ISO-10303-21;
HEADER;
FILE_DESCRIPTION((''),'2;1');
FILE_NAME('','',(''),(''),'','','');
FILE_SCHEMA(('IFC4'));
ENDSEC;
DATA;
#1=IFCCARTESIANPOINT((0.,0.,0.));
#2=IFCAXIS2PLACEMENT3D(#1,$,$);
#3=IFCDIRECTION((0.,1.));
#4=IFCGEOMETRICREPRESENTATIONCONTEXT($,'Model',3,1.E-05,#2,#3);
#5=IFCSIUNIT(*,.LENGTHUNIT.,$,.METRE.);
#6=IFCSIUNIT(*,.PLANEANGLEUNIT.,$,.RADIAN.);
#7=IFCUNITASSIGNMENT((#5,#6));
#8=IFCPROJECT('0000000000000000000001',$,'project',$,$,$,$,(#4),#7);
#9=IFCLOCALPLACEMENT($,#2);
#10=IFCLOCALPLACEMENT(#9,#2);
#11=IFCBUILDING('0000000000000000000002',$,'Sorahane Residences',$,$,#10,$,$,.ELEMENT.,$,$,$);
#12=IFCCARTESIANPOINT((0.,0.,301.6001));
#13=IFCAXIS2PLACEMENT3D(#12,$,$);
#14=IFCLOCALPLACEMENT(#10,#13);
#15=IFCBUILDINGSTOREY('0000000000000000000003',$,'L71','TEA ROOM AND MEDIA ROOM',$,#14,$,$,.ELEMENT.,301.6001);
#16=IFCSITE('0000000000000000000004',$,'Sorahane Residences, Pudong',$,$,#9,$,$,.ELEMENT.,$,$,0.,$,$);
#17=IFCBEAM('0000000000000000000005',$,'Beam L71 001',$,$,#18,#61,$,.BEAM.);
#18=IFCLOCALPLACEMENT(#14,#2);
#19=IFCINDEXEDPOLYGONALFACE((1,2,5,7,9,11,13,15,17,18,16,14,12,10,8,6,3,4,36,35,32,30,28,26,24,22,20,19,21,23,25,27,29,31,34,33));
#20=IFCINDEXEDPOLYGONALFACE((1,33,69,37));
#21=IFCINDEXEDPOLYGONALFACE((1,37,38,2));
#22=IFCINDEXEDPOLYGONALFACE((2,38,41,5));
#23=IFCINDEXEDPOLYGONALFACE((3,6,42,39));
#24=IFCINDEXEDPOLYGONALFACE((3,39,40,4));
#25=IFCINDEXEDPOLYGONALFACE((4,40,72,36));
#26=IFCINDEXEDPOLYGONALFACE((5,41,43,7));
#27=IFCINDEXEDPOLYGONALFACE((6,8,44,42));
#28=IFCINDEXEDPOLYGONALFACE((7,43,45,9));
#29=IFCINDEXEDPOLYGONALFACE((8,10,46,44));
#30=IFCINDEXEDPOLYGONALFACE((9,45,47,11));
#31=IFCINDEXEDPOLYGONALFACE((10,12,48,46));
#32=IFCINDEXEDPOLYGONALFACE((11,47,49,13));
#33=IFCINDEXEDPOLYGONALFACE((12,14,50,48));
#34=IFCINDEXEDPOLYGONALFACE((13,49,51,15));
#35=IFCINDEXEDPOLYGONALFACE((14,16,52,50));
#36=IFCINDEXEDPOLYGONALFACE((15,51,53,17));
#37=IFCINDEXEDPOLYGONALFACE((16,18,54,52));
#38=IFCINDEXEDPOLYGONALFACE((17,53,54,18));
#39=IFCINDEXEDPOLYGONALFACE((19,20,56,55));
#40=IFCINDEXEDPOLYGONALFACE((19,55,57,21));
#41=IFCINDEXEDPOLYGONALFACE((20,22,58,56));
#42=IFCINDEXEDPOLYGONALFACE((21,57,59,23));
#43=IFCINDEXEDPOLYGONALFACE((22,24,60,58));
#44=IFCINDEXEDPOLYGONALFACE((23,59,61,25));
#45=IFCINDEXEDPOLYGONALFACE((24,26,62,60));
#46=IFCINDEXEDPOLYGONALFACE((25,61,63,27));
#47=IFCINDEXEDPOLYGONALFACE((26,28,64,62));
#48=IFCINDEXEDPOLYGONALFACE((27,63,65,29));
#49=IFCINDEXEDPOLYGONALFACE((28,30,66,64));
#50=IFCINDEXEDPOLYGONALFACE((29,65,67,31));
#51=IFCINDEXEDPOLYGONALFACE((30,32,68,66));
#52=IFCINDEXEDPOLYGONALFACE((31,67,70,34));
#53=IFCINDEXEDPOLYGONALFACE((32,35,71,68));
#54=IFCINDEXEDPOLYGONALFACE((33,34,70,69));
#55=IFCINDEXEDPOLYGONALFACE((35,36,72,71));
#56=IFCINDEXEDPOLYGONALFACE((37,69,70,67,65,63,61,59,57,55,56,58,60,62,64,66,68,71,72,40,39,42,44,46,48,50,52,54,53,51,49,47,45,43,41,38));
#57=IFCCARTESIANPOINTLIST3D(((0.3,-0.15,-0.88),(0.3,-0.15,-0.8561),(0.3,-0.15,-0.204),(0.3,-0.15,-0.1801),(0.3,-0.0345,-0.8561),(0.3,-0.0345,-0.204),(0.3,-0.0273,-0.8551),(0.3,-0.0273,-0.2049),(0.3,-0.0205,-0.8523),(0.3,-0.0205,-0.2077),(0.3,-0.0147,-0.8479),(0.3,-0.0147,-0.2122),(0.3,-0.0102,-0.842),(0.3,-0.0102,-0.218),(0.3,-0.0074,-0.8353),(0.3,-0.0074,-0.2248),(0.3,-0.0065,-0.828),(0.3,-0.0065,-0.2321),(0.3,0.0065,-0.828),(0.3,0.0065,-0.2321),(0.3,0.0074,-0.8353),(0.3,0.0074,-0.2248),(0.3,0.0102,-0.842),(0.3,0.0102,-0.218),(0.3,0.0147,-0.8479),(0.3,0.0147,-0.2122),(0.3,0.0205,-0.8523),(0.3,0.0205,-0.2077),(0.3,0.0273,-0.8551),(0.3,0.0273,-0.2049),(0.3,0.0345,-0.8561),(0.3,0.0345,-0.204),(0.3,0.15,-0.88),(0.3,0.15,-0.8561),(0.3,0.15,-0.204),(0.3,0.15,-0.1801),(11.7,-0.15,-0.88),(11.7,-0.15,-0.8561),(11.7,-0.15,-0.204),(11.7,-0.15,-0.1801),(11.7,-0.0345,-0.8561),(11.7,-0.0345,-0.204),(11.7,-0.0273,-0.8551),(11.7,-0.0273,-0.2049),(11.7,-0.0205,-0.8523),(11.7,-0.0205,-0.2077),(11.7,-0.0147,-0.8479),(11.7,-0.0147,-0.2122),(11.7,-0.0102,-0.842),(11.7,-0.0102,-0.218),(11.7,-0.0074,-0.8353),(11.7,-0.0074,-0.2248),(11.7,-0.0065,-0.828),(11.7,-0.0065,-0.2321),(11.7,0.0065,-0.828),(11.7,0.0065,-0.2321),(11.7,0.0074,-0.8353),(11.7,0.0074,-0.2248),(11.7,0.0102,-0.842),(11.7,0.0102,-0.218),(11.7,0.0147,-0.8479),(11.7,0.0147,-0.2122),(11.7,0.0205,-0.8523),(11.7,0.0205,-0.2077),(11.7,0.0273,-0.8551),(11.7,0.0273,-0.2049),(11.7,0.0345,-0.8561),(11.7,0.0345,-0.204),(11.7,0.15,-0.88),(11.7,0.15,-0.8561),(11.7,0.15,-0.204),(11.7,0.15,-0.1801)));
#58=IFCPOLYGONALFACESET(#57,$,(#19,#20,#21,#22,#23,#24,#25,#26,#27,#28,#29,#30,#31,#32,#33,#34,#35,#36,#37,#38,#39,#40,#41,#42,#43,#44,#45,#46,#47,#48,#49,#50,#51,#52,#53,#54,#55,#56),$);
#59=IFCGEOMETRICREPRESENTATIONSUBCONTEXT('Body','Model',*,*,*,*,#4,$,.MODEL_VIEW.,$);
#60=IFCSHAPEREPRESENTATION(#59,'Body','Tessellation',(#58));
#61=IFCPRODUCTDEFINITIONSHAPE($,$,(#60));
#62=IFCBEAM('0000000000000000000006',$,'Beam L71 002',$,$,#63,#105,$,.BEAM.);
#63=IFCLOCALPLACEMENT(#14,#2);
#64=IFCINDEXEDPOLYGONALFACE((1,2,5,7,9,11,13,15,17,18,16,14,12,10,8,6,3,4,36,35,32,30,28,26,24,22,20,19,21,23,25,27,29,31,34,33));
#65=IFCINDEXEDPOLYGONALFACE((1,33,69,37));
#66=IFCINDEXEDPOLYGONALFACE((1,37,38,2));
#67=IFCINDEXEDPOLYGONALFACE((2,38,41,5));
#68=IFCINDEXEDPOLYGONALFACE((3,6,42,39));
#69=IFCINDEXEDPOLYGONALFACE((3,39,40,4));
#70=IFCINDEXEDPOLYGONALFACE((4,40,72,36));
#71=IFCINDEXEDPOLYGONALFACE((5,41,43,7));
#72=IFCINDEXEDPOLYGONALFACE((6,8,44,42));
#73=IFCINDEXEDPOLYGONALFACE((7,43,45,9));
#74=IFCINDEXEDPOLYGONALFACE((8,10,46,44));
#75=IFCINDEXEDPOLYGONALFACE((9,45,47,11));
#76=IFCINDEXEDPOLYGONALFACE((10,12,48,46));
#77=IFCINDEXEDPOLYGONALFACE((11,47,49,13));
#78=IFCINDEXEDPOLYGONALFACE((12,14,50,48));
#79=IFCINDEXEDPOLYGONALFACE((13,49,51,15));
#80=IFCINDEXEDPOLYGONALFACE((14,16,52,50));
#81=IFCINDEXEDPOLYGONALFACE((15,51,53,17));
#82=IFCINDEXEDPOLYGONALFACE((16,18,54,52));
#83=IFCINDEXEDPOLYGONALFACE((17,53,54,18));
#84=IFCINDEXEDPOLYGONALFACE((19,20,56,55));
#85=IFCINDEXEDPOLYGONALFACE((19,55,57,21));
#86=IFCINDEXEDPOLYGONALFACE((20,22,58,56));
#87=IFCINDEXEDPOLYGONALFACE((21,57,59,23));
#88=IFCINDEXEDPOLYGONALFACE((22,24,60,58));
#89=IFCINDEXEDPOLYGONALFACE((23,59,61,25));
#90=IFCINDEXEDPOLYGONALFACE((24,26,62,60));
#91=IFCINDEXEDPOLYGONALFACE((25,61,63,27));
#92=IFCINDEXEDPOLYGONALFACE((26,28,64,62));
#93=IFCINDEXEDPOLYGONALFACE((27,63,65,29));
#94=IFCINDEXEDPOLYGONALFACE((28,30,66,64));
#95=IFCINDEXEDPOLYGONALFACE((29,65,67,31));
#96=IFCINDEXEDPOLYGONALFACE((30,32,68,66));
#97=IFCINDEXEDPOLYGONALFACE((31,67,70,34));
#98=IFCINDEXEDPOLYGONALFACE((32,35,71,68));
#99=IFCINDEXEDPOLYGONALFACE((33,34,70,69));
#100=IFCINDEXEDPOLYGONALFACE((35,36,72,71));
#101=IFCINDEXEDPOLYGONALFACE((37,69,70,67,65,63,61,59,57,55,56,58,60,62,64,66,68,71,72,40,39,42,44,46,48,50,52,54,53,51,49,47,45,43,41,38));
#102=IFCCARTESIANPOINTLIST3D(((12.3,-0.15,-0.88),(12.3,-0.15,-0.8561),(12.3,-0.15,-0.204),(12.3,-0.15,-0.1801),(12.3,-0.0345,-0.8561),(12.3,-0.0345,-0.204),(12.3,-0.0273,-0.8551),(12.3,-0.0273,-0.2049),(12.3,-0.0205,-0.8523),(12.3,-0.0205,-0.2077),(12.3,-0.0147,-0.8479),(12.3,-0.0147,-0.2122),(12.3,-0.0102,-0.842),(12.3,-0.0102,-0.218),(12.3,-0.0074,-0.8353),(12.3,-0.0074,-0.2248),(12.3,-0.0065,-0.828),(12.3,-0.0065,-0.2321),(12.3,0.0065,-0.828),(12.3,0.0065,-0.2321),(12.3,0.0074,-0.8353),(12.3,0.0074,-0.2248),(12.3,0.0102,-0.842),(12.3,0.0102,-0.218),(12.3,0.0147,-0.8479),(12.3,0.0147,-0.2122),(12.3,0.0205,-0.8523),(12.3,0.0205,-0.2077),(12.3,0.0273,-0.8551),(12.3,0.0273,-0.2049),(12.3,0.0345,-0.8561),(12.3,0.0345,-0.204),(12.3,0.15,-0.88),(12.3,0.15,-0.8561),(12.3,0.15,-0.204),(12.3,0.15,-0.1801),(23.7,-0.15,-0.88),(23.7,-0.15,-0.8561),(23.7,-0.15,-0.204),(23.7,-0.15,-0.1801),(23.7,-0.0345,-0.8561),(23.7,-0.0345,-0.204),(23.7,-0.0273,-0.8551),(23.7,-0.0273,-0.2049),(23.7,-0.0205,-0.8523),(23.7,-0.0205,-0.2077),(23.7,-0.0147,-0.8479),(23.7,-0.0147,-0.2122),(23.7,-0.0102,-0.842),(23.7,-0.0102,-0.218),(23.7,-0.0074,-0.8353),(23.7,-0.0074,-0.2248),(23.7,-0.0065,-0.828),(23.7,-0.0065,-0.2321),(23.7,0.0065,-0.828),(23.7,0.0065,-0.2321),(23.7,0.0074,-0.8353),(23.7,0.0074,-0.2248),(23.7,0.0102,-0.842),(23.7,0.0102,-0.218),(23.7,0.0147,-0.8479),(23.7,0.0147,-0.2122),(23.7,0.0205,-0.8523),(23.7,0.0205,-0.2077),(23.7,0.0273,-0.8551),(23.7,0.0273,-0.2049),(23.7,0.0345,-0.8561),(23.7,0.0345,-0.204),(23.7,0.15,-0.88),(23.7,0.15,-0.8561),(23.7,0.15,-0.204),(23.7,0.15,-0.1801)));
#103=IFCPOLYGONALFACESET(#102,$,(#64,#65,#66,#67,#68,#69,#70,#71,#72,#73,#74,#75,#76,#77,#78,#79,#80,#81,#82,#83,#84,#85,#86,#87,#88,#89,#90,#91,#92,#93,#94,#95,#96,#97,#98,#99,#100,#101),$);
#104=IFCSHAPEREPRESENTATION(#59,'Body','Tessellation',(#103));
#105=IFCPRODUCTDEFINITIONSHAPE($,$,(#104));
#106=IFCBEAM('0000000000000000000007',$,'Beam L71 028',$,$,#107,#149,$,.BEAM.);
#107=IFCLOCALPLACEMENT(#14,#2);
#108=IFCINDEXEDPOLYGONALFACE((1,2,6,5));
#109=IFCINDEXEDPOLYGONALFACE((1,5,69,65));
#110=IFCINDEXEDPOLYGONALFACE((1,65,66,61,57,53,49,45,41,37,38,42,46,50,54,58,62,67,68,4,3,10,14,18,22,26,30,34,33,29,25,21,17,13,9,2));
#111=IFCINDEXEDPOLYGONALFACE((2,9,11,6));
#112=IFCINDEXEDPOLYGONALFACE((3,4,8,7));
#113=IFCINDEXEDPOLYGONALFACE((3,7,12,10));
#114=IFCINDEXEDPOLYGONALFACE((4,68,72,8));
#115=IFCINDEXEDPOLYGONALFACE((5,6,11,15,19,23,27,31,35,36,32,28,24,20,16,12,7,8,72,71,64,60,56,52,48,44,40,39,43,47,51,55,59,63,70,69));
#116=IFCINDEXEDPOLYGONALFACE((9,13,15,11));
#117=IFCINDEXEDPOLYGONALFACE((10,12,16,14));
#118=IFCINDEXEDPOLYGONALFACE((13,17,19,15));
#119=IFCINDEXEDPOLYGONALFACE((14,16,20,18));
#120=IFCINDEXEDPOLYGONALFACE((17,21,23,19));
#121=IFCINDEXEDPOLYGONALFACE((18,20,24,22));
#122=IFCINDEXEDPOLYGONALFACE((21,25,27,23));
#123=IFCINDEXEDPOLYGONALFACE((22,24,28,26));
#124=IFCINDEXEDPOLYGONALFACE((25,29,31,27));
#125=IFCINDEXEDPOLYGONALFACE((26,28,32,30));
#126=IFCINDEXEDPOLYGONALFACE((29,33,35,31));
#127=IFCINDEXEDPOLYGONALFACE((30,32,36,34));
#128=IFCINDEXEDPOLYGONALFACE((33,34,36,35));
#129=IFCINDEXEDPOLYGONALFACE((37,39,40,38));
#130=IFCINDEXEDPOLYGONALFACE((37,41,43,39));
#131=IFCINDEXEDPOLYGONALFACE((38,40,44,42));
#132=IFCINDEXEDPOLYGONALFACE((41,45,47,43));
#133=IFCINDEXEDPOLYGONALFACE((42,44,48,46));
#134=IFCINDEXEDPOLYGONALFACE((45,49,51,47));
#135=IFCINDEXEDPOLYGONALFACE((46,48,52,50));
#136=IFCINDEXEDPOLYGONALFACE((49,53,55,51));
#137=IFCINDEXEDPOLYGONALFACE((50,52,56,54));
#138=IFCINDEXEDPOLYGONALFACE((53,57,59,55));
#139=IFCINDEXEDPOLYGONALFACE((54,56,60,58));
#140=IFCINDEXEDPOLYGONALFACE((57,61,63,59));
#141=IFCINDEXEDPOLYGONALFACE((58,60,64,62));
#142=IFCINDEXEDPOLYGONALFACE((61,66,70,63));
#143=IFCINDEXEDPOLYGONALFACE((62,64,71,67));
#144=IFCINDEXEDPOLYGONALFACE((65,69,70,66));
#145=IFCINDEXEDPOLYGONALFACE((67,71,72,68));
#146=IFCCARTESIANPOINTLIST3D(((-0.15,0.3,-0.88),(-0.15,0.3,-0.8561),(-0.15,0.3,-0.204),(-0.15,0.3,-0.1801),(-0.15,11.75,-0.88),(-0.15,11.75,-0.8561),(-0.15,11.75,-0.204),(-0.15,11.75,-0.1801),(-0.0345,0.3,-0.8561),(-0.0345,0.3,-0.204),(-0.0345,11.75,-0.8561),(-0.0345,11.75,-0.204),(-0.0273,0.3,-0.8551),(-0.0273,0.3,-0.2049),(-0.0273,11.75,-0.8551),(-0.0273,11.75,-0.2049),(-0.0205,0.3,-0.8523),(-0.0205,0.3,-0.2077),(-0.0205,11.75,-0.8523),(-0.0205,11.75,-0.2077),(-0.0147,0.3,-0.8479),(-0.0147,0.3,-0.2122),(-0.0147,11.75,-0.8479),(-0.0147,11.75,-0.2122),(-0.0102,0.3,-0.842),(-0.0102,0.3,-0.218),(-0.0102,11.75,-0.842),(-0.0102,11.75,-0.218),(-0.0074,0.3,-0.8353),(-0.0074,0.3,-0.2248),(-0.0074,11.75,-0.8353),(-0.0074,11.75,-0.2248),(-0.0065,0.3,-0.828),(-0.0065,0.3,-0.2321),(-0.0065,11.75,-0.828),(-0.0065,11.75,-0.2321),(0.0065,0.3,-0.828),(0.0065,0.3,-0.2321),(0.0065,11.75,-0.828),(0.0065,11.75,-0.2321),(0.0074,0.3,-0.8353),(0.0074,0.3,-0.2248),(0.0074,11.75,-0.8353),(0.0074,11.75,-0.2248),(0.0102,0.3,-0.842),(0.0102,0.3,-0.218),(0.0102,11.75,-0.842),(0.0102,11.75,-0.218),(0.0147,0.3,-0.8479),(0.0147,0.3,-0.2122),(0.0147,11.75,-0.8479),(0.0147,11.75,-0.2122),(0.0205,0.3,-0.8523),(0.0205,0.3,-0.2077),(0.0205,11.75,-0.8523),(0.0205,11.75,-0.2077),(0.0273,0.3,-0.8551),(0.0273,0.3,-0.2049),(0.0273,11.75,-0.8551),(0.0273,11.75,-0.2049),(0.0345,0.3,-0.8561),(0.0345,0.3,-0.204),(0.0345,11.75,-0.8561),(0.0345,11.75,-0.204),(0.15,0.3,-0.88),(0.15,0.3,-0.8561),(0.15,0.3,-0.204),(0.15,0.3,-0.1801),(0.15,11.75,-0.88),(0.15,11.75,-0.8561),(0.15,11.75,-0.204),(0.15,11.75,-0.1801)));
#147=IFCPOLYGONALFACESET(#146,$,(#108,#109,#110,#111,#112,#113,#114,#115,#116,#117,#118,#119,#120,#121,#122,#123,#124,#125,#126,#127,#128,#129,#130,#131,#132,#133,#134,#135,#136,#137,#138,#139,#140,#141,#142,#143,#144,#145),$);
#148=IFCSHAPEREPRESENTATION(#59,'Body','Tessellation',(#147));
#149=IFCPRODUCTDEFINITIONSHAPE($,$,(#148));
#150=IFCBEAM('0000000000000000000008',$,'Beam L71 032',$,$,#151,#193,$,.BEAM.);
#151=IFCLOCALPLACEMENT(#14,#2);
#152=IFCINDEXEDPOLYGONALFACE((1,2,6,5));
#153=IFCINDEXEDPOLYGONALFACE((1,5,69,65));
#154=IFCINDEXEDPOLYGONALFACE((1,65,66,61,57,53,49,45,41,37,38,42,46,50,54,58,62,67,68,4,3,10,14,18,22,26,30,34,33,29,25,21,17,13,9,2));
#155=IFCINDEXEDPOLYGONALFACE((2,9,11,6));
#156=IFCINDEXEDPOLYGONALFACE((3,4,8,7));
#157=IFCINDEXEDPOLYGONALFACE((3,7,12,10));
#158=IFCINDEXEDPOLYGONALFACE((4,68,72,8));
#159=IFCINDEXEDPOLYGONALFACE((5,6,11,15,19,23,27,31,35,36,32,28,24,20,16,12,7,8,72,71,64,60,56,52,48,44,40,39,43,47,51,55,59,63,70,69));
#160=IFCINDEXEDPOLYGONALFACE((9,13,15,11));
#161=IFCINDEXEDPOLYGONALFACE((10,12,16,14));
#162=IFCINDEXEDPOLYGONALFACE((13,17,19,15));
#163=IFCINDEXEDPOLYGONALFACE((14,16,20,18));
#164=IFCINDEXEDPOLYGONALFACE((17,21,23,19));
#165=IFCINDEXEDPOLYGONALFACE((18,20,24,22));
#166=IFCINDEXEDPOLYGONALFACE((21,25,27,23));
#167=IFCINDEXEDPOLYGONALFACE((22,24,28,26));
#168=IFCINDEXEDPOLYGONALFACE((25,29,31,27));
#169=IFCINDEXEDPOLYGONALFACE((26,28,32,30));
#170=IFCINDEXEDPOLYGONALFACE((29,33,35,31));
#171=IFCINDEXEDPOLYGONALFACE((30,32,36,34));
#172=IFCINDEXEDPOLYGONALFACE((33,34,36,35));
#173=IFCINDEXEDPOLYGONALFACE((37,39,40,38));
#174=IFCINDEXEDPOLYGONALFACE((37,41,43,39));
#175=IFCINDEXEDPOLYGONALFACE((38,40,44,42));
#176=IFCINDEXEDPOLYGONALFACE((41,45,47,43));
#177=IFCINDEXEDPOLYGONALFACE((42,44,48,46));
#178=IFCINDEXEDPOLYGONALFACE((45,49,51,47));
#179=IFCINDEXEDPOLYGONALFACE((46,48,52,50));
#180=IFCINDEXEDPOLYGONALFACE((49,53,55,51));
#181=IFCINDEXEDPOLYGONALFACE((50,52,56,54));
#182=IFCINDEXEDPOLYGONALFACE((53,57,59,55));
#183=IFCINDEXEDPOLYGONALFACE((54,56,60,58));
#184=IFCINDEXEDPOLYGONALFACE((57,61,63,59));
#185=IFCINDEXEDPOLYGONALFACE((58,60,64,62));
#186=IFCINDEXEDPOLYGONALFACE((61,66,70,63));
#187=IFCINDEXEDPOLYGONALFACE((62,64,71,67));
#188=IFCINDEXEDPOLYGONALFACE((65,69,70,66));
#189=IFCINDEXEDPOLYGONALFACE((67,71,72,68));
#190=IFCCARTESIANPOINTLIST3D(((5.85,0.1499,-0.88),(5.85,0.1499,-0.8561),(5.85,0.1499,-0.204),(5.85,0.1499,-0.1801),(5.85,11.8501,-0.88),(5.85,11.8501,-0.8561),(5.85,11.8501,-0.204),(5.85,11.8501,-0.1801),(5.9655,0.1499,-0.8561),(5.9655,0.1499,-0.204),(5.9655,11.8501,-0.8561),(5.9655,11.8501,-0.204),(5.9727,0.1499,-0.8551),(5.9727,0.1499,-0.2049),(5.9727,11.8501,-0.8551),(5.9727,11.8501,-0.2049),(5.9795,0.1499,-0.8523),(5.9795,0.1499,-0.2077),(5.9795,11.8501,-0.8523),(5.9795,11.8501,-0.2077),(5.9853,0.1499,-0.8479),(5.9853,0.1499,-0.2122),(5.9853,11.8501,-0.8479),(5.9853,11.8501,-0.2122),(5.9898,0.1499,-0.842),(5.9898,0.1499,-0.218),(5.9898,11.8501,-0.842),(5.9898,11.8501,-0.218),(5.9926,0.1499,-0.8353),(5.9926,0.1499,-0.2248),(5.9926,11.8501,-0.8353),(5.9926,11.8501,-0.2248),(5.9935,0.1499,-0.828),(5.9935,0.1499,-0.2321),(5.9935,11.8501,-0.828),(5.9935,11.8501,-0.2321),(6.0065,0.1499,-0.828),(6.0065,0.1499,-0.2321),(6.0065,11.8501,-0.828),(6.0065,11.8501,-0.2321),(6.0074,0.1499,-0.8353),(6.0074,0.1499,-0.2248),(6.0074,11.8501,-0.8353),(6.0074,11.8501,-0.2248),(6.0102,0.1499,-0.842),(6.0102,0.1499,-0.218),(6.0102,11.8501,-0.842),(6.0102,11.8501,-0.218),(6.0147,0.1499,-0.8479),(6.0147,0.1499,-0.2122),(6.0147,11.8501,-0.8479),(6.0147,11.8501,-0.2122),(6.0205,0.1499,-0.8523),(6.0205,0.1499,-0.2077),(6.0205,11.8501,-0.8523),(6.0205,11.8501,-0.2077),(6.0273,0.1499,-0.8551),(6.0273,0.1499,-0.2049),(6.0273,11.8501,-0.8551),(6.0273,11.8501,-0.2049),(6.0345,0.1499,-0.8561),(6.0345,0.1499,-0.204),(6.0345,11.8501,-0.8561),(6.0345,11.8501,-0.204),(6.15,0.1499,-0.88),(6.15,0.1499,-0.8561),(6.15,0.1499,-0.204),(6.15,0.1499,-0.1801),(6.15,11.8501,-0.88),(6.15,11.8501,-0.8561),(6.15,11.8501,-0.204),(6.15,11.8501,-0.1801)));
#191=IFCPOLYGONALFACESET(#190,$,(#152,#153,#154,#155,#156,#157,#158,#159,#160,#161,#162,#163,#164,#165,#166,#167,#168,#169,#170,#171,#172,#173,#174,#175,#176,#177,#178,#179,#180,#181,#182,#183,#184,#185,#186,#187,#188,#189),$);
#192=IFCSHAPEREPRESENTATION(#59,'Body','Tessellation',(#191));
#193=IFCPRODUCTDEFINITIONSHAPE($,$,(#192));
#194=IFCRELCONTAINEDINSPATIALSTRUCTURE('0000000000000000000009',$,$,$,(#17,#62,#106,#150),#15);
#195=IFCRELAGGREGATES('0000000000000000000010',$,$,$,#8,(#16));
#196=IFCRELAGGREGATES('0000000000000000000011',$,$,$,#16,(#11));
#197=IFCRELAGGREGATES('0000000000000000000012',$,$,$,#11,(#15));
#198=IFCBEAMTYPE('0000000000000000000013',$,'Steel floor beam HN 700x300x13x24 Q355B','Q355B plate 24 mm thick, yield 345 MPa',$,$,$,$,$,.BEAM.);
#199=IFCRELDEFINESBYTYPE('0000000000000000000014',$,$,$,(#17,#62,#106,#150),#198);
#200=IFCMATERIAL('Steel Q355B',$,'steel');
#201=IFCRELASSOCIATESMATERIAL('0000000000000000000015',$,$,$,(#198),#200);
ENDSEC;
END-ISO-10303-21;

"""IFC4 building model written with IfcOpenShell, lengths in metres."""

from ifc_helpers import new_model, si_unit, direction, frame, origin, origin_2d, place, context, subcontext, project, spatial, i_section, extrude, material, material_profile, profile_set, type_object, element, save


model = new_model("IFC4")

# Units and contexts
model_context = context("Model", 3, precision=1e-05, world=origin(), true_north=direction((0.0, 1.0)))
body_context = subcontext(model_context, "Body", "Model", "MODEL_VIEW")
ifc_project = project(units=[si_unit("LENGTHUNIT", "METRE"), si_unit("PLANEANGLEUNIT", "RADIAN")], contexts=[model_context])

# Site, building, storey
site_placement = place(None, origin())
site = spatial("IfcSite", under=ifc_project, at=site_placement, Name="Sorahane Residences, Pudong", CompositionType="ELEMENT", RefElevation=0.0)
building_placement = place(site_placement, origin())
building = spatial("IfcBuilding", under=site, at=building_placement, Name="Sorahane Residences", CompositionType="ELEMENT")
storey_placement = place(building_placement, frame((0.0, 0.0, 301.6001)))
storey = spatial("IfcBuildingStorey", under=building, at=storey_placement, Name="L71", Description="TEA ROOM AND MEDIA ROOM", CompositionType="ELEMENT", Elevation=301.6001)

# Beams
ifc_material_1 = material(Name="Steel Q355B", Category="steel")
ifc_material_profile_1 = material_profile(ifc_material_1, i_section(OverallWidth=0.3, OverallDepth=0.7, WebThickness=0.0129, FlangeThickness=0.0239, FilletRadius=0.0281, at=origin_2d()), Name="HN 700x300x13x24")
ifc_profile_set_1 = profile_set([ifc_material_profile_1], Name="Steel Q355B")
beam_type_1 = type_object("IfcBeamType", Name="Steel floor beam HN 700x300x13x24 Q355B", Description="Q355B plate 24 mm thick, yield 345 MPa", PredefinedType="BEAM", material=ifc_profile_set_1)
for number, where, z_axis, x_axis, name in (
    (1, (0.3, 0.0, -0.53), (1.0, 0.0, 0.0), (0.0, 1.0, 0.0), "Beam L71 001"),
    (2, (12.3, 0.0, -0.53), (1.0, 0.0, 0.0), (0.0, 1.0, 0.0), "Beam L71 002"),
):
    element("IfcBeam", number, at=place(storey_placement, frame(where, z_axis=z_axis, x_axis=x_axis)), inside=storey, type_object=beam_type_1, Name=name, PredefinedType="BEAM", context=body_context, shape_type="SweptSolid", body=[
        extrude(i_section(OverallWidth=0.3, OverallDepth=0.7, WebThickness=0.0129, FlangeThickness=0.0239, FilletRadius=0.0281, at=origin_2d()), origin(), (0.0, 0.0, 1.0), 11.3999),
    ])
beam_1_placement = place(storey_placement, frame((0.0, 0.3, -0.53), z_axis=(0.0, 1.0, 0.0), x_axis=(-1.0, 0.0, 0.0)))
element("IfcBeam", 3, at=beam_1_placement, inside=storey, type_object=beam_type_1, Name="Beam L71 028", PredefinedType="BEAM", context=body_context, shape_type="SweptSolid", body=[
    extrude(i_section(OverallWidth=0.3, OverallDepth=0.7, WebThickness=0.0129, FlangeThickness=0.0239, FilletRadius=0.0281, at=origin_2d()), origin(), (0.0, 0.0, 1.0), 11.45),
])
beam_2_placement = place(storey_placement, frame((6.0, 0.1499, -0.53), z_axis=(0.0, 1.0, 0.0), x_axis=(-1.0, 0.0, 0.0)))
element("IfcBeam", 4, at=beam_2_placement, inside=storey, type_object=beam_type_1, Name="Beam L71 032", PredefinedType="BEAM", context=body_context, shape_type="SweptSolid", body=[
    extrude(i_section(OverallWidth=0.3, OverallDepth=0.7, WebThickness=0.0129, FlangeThickness=0.0239, FilletRadius=0.0281, at=origin_2d()), origin(), (0.0, 0.0, 1.0), 11.7002),
])

save(model, "model.ifc")
